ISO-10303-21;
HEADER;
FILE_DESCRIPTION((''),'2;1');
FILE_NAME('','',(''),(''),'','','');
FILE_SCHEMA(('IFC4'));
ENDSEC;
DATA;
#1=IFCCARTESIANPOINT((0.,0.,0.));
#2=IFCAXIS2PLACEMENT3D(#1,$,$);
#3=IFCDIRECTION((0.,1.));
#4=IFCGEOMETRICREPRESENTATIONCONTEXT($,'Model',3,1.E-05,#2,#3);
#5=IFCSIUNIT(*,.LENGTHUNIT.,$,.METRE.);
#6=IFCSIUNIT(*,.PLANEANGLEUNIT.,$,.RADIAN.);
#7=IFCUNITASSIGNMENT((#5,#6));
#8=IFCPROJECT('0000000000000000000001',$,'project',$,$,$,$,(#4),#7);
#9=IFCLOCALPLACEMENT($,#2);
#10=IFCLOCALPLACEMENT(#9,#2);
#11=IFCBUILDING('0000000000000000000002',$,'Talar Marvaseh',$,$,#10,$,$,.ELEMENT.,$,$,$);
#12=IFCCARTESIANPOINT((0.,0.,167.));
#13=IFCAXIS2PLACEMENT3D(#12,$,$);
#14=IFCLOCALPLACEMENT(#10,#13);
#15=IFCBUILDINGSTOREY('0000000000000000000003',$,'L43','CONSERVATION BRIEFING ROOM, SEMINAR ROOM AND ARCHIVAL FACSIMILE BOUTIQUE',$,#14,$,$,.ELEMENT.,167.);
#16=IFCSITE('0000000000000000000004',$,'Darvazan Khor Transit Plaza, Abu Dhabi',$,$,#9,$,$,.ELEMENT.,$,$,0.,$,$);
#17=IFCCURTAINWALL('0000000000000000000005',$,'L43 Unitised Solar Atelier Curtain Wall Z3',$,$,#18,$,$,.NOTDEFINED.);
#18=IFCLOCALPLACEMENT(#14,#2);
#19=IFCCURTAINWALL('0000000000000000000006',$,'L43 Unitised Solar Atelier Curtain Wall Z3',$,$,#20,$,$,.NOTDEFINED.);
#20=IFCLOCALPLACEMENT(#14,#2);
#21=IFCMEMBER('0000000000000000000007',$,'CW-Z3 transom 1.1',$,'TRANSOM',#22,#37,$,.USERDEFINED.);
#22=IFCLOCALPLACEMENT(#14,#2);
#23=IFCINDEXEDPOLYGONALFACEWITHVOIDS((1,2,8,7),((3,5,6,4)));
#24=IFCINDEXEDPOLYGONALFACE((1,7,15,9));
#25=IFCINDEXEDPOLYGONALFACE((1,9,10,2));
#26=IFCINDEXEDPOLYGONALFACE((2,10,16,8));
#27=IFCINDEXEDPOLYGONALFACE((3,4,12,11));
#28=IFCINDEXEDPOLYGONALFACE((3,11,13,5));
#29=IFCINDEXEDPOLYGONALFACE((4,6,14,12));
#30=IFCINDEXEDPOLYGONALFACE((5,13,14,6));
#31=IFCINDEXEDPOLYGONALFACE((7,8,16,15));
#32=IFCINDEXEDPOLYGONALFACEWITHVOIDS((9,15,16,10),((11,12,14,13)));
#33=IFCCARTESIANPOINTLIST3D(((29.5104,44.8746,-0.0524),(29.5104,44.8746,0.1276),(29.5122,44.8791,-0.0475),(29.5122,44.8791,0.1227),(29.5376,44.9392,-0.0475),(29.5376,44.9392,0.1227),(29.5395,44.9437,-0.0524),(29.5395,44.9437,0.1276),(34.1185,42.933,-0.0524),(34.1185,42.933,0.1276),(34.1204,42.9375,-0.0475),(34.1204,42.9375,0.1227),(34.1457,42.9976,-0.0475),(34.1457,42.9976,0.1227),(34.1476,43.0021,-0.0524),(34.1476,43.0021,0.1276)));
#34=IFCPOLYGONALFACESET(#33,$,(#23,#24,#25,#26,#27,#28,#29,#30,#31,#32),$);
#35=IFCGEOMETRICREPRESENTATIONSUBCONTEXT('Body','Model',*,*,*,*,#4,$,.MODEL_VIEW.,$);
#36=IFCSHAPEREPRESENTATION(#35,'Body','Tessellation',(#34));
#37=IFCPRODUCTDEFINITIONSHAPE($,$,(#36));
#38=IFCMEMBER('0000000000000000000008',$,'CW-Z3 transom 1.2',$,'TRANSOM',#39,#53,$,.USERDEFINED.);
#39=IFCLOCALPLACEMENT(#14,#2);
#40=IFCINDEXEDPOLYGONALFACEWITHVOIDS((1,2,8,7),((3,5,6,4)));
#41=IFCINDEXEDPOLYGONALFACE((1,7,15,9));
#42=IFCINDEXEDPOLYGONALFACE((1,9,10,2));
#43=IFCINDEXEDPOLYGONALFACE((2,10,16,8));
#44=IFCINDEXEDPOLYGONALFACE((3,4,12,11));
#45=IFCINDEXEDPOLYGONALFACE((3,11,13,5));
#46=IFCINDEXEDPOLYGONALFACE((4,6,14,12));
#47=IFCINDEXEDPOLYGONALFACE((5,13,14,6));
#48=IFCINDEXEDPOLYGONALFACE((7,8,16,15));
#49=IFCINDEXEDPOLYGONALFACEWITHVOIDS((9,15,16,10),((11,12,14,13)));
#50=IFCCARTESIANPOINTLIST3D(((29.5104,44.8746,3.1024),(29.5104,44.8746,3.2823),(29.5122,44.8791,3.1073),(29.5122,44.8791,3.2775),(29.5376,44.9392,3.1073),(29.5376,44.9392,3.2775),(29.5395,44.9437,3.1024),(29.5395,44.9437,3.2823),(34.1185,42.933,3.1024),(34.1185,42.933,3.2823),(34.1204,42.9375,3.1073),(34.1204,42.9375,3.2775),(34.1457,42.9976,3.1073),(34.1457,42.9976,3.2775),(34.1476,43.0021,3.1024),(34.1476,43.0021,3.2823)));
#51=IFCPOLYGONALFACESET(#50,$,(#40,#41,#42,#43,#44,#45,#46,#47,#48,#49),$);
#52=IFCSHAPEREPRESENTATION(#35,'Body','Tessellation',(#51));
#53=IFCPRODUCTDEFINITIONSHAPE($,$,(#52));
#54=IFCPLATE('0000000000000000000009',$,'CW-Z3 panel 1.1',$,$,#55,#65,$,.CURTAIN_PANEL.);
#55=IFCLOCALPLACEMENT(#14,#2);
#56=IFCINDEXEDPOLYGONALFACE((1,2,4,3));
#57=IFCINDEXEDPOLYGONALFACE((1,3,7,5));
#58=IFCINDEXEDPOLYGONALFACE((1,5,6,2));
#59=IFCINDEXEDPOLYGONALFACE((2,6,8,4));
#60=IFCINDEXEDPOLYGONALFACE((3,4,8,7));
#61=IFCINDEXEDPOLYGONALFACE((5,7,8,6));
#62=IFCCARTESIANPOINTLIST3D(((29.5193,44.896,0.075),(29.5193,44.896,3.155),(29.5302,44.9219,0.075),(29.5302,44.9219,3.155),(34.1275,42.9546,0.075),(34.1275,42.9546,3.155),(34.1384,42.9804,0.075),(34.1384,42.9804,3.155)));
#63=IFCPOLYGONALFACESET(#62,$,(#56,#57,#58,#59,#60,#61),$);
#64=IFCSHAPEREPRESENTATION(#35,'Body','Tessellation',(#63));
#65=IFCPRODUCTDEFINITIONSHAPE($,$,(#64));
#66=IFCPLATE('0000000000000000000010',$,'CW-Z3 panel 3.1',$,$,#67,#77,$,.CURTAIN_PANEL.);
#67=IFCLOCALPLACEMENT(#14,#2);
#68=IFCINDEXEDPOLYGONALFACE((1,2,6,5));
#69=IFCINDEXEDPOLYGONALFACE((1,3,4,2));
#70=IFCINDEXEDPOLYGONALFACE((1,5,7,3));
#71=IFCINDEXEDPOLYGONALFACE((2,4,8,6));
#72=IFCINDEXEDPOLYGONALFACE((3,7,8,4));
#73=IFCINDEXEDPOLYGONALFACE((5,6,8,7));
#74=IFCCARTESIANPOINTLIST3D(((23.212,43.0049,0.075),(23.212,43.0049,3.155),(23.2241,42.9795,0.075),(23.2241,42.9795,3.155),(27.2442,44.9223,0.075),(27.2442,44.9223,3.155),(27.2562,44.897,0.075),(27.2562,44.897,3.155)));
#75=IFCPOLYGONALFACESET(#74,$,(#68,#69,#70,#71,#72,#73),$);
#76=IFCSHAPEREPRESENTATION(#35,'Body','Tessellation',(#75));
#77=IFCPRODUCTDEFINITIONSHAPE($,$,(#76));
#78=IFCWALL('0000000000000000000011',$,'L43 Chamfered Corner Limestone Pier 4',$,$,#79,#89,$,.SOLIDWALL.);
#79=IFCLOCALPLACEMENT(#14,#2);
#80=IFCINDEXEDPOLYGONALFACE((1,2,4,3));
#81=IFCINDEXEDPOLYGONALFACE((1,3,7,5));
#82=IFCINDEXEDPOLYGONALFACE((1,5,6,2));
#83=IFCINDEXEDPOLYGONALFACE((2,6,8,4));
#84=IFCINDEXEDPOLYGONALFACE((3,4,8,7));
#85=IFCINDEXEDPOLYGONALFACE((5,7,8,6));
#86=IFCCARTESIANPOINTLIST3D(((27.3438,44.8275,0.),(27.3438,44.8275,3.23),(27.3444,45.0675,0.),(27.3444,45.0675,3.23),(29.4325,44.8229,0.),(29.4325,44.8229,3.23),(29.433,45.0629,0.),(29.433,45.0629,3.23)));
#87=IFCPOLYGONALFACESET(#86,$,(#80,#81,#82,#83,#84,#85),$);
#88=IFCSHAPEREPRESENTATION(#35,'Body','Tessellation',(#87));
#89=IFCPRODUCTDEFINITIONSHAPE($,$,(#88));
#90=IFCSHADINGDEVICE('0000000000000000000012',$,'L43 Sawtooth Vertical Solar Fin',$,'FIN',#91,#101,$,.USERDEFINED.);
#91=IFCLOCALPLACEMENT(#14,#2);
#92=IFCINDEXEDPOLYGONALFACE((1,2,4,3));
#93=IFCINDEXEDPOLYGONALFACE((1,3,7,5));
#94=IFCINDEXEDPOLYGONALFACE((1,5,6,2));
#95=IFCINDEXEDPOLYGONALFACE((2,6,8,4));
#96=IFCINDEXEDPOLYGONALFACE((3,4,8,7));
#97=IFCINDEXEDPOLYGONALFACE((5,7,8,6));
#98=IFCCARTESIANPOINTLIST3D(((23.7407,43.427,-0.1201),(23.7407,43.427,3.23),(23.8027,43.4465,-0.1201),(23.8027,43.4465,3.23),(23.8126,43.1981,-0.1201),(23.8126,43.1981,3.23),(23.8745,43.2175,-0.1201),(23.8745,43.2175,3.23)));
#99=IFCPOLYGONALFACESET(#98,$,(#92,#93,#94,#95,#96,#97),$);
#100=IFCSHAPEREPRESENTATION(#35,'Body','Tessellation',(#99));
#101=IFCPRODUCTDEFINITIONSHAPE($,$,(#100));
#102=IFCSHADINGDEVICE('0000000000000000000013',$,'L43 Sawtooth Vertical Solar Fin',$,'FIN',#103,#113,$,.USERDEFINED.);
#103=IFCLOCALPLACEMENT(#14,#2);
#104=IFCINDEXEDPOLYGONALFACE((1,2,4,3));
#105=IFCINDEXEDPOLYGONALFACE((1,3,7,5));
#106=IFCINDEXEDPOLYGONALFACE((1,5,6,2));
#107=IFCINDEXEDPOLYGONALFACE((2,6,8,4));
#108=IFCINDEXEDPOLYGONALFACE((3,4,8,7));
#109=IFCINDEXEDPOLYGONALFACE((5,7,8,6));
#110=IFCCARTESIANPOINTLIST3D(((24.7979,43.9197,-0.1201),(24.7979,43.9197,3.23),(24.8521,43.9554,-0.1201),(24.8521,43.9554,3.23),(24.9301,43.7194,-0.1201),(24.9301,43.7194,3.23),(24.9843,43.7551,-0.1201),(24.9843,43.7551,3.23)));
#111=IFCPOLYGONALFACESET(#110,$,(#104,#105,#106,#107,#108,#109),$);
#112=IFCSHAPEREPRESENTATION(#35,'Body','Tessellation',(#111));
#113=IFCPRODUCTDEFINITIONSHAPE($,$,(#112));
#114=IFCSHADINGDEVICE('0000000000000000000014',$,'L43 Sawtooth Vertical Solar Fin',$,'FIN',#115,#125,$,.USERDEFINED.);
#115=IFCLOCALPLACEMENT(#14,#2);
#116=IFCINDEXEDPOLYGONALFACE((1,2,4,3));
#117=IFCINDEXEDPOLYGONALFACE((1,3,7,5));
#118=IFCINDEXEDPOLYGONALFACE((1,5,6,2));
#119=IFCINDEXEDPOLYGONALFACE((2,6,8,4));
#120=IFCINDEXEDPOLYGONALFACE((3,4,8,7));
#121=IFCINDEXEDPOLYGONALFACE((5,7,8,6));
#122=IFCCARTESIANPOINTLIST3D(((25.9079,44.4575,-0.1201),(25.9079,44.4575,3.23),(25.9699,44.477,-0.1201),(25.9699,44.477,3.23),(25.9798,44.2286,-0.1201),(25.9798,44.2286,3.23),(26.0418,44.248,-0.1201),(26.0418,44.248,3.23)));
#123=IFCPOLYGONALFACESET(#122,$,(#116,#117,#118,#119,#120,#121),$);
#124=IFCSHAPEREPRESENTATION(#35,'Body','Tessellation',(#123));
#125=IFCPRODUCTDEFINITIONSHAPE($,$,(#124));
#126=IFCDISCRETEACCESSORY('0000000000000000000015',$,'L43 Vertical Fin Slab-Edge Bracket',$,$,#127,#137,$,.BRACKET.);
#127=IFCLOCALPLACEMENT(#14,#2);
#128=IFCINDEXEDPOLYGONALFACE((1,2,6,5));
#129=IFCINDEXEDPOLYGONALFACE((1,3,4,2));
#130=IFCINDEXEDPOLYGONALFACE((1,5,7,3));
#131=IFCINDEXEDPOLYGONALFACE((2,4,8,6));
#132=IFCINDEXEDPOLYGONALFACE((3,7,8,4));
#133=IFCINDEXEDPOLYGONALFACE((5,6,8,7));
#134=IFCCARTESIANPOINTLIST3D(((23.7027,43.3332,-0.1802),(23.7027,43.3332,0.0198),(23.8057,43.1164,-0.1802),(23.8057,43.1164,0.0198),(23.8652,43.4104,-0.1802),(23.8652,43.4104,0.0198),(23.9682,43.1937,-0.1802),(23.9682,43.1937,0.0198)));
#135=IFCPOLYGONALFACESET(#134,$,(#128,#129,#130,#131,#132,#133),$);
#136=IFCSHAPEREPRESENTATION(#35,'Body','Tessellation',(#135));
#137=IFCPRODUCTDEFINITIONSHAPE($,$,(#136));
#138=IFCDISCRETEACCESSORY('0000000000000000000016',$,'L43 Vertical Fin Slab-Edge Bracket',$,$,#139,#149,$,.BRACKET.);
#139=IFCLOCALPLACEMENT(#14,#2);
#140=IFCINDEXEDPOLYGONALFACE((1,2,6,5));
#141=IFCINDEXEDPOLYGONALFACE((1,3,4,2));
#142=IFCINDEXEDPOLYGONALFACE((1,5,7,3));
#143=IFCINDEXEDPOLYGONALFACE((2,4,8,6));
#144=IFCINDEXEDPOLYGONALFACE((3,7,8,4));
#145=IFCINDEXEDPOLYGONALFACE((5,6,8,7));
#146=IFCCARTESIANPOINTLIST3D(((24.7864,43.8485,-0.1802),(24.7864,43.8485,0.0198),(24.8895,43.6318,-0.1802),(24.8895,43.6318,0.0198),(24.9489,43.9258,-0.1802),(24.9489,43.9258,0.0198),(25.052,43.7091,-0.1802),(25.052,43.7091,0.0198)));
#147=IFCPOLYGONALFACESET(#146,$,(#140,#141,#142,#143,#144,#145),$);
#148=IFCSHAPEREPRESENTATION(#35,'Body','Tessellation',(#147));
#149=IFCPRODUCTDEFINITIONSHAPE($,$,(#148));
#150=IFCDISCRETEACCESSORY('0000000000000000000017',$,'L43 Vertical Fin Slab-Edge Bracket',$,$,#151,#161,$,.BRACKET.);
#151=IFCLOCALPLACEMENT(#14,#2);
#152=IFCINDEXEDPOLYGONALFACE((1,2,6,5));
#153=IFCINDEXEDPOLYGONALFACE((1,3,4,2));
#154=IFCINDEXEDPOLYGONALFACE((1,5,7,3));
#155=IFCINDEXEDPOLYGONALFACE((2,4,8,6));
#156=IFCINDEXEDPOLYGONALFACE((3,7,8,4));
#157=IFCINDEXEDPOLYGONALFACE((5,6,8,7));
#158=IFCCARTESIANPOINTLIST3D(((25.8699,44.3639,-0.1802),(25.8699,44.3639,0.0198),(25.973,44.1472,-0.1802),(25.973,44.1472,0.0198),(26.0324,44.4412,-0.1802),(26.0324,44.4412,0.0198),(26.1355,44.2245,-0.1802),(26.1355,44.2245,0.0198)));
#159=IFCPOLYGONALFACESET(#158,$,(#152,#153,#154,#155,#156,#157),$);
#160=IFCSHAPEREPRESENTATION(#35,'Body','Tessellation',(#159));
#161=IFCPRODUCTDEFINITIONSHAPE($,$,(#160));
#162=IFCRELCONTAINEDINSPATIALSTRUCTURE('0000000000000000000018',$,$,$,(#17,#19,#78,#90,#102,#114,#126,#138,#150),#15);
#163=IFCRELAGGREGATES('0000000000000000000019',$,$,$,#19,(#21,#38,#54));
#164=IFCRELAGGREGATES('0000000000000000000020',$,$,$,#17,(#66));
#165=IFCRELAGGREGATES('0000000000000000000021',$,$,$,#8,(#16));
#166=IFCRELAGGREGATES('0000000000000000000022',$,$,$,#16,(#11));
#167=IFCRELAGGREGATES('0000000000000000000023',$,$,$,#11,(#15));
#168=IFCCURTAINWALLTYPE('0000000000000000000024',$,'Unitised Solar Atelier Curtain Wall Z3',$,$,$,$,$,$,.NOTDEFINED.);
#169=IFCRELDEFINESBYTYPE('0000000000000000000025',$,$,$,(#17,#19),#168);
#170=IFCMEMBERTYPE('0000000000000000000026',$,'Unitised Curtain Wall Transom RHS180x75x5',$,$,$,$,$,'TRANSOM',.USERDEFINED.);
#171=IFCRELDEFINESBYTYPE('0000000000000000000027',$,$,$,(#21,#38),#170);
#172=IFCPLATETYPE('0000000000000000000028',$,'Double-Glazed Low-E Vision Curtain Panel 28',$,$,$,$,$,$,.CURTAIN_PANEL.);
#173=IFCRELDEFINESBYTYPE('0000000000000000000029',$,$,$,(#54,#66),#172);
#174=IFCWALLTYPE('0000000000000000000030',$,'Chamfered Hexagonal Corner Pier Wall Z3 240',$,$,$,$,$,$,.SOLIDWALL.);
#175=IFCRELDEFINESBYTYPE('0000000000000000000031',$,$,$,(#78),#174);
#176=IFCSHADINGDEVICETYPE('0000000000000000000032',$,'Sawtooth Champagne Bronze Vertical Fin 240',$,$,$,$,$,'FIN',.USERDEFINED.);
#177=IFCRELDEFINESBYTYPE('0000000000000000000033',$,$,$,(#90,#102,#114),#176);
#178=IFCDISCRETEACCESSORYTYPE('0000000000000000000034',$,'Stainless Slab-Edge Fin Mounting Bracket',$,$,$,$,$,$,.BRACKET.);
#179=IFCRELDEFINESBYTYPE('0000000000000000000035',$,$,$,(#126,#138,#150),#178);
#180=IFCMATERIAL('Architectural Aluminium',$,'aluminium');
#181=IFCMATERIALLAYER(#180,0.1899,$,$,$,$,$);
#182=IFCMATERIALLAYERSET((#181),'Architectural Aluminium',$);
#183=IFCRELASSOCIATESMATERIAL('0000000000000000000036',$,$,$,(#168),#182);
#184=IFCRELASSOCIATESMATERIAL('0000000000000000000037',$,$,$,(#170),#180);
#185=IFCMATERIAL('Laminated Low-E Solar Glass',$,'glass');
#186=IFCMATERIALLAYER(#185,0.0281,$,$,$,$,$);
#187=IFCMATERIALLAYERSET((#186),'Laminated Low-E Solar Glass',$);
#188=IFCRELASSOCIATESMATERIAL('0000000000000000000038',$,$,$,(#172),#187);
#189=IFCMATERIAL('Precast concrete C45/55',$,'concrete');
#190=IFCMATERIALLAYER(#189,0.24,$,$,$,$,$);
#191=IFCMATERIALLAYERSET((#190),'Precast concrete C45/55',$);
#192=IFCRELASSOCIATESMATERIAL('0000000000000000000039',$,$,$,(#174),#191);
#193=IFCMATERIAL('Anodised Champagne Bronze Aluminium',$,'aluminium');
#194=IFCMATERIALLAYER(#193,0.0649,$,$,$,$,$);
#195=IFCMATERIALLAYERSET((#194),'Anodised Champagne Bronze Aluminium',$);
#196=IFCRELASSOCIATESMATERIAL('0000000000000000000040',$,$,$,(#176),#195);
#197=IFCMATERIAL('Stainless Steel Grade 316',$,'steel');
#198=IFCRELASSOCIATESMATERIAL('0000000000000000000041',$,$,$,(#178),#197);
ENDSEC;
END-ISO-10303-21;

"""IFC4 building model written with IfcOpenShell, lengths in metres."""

from ifc_helpers import new_model, si_unit, direction, frame, frame_2d, origin, origin_2d, place, context, subcontext, project, spatial, rectangle, hollow_rectangle, extrude, source, transform, mapped, material, layer, layer_set, material_profile, profile_set, type_object, type_shapes, element, aggregate, save


model = new_model("IFC4")

# Units and contexts
model_context = context("Model", 3, precision=1e-05, world=origin(), true_north=direction((0.0, 1.0)))
body_context = subcontext(model_context, "Body", "Model", "MODEL_VIEW")
ifc_project = project(units=[si_unit("LENGTHUNIT", "METRE"), si_unit("PLANEANGLEUNIT", "RADIAN")], contexts=[model_context])

# Site, building, storey
site_placement = place(None, origin())
site = spatial("IfcSite", under=ifc_project, at=site_placement, Name="Darvazan Khor Transit Plaza, Abu Dhabi", CompositionType="ELEMENT", RefElevation=0.0)
building_placement = place(site_placement, origin())
building = spatial("IfcBuilding", under=site, at=building_placement, Name="Talar Marvaseh", CompositionType="ELEMENT")
storey_placement = place(building_placement, frame((0.0, 0.0, 167.0)))
storey = spatial("IfcBuildingStorey", under=building, at=storey_placement, Name="L43", Description="CONSERVATION BRIEFING ROOM, SEMINAR ROOM AND ARCHIVAL FACSIMILE BOUTIQUE", CompositionType="ELEMENT", Elevation=167.0)

# Curtain wall
ifc_material_1 = material(Name="Architectural Aluminium", Category="aluminium")
ifc_layer_1 = layer(ifc_material_1, 0.1899)
ifc_layer_set_1 = layer_set([ifc_layer_1], Name="Architectural Aluminium")
curtain_wall_type = type_object("IfcCurtainWallType", Name="Unitised Solar Atelier Curtain Wall Z3", PredefinedType="NOTDEFINED", material=ifc_layer_set_1)
curtain_wall_1_placement = place(storey_placement, origin())
curtain_wall_1 = element("IfcCurtainWall", 1, at=curtain_wall_1_placement, inside=storey, type_object=curtain_wall_type, Name="L43 Unitised Solar Atelier Curtain Wall Z3", PredefinedType="NOTDEFINED")

# Curtain wall
curtain_wall_2_placement = place(storey_placement, origin())
curtain_wall_2 = element("IfcCurtainWall", 2, at=curtain_wall_2_placement, inside=storey, type_object=curtain_wall_type, Name="L43 Unitised Solar Atelier Curtain Wall Z3", PredefinedType="NOTDEFINED")

# Members
ifc_material_profile_1 = material_profile(ifc_material_1, hollow_rectangle(XDim=0.075, YDim=0.1799, WallThickness=0.0049, at=origin_2d()), Name="RHS180x75x5")
ifc_profile_set_1 = profile_set([ifc_material_profile_1], Name="Architectural Aluminium")
member_type_1 = type_object("IfcMemberType", Name="Unitised Curtain Wall Transom RHS180x75x5", ElementType="TRANSOM", PredefinedType="USERDEFINED", material=ifc_profile_set_1)
shared_shape_1 = source(origin(), body_context, "Body", "SweptSolid", [
    extrude(hollow_rectangle(XDim=0.075, YDim=0.1799, WallThickness=0.0049, at=origin_2d()), origin(), (0.0, 0.0, 1.0), 5.0005),
])
member_1_placement = place(storey_placement, frame((29.5249, 44.9092, 0.0376), z_axis=(0.921537, -0.388291, 0.0), x_axis=(0.388291, 0.921537, 0.0)))
member_1 = element("IfcMember", 3, at=member_1_placement, type_object=member_type_1, Name="CW-Z3 transom 1.1", ObjectType="TRANSOM", PredefinedType="USERDEFINED", context=body_context, shape_type="MappedRepresentation", body=[
    mapped(shared_shape_1, transform((0.0, 0.0, 0.0), x_axis=(1.0, 0.0, 0.0), y_axis=(0.0, 1.0, 0.0), z_axis=(0.0, 0.0, 1.0), scale=1.0)),
])
member_2_placement = place(storey_placement, frame((29.5249, 44.9092, 3.1924), z_axis=(0.921537, -0.388291, 0.0), x_axis=(0.388291, 0.921537, 0.0)))
member_2 = element("IfcMember", 4, at=member_2_placement, type_object=member_type_1, Name="CW-Z3 transom 1.2", ObjectType="TRANSOM", PredefinedType="USERDEFINED", context=body_context, shape_type="MappedRepresentation", body=[
    mapped(shared_shape_1, transform((0.0, 0.0, 0.0), x_axis=(1.0, 0.0, 0.0), y_axis=(0.0, 1.0, 0.0), z_axis=(0.0, 0.0, 1.0), scale=1.0)),
])

# Plates
ifc_material_2 = material(Name="Laminated Low-E Solar Glass", Category="glass")
ifc_layer_2 = layer(ifc_material_2, 0.0281)
ifc_layer_set_2 = layer_set([ifc_layer_2], Name="Laminated Low-E Solar Glass")
plate_type = type_object("IfcPlateType", Name="Double-Glazed Low-E Vision Curtain Panel 28", PredefinedType="CURTAIN_PANEL", material=ifc_layer_set_2)
shared_shape_2 = source(origin(), body_context, "Body", "SweptSolid", [
    extrude(rectangle(XDim=5.0005, YDim=0.0281, at=origin_2d()), origin(), (0.0, 0.0, 1.0), 3.0801),
])
plate_1_placement = place(storey_placement, frame((31.8289, 43.9382, 0.075), z_axis=(0.0, 0.0, 1.0), x_axis=(0.921551, -0.388258, 0.0)))
plate_1 = element("IfcPlate", 5, at=plate_1_placement, type_object=plate_type, Name="CW-Z3 panel 1.1", PredefinedType="CURTAIN_PANEL", context=body_context, shape_type="MappedRepresentation", body=[
    mapped(shared_shape_2, transform((0.0, 0.0, 0.0), x_axis=(1.0, 0.0, 0.0), y_axis=(0.0, 1.0, 0.0), z_axis=(0.0, 0.0, 1.0), scale=1.0)),
])
aggregate(curtain_wall_2, [member_1, member_2, plate_1])
shared_shape_3 = source(origin(), body_context, "Body", "SweptSolid", [
    extrude(rectangle(XDim=4.4648, YDim=0.0281, at=origin_2d()), origin(), (0.0, 0.0, 1.0), 3.0801),
])
type_shapes(plate_type, [shared_shape_2, shared_shape_3])
plate_2_placement = place(storey_placement, frame((25.2341, 43.9509, 0.075), z_axis=(0.0, 0.0, 1.0), x_axis=(0.903093, 0.429444, 0.0)))
plate_2 = element("IfcPlate", 6, at=plate_2_placement, type_object=plate_type, Name="CW-Z3 panel 3.1", PredefinedType="CURTAIN_PANEL", context=body_context, shape_type="MappedRepresentation", body=[
    mapped(shared_shape_3, transform((0.0, 0.0, 0.0), x_axis=(1.0, 0.0, 0.0), y_axis=(0.0, 1.0, 0.0), z_axis=(0.0, 0.0, 1.0), scale=1.0)),
])
aggregate(curtain_wall_1, [plate_2])

# Wall
ifc_material_3 = material(Name="Precast concrete C45/55", Category="concrete")
ifc_layer_3 = layer(ifc_material_3, 0.24)
ifc_layer_set_3 = layer_set([ifc_layer_3], Name="Precast concrete C45/55")
wall_type = type_object("IfcWallType", Name="Chamfered Hexagonal Corner Pier Wall Z3 240", PredefinedType="SOLIDWALL", material=ifc_layer_set_3)
wall_placement = place(storey_placement, frame((27.344, 44.9475, 0.0), z_axis=(0.0, 0.0, 1.0), x_axis=(0.999998, -0.002221, 0.0)))
element("IfcWall", 7, at=wall_placement, inside=storey, type_object=wall_type, Name="L43 Chamfered Corner Limestone Pier 4", PredefinedType="SOLIDWALL", context=body_context, shape_type="SweptSolid", body=[
    extrude(rectangle(XDim=2.0886, YDim=0.24, at=frame_2d((1.0444, 0.0))), origin(), (0.0, 0.0, 1.0), 3.23),
])

# Shading devices
ifc_material_4 = material(Name="Anodised Champagne Bronze Aluminium", Category="aluminium")
ifc_layer_4 = layer(ifc_material_4, 0.0649)
ifc_layer_set_4 = layer_set([ifc_layer_4], Name="Anodised Champagne Bronze Aluminium")
shading_device_type = type_object("IfcShadingDeviceType", Name="Sawtooth Champagne Bronze Vertical Fin 240", ElementType="FIN", PredefinedType="USERDEFINED", material=ifc_layer_set_4)
shared_shape_4 = source(origin(), body_context, "Body", "SweptSolid", [
    extrude(rectangle(XDim=0.24, YDim=0.0649, at=origin_2d()), origin(), (0.0, 0.0, 1.0), 3.3501),
])
type_shapes(shading_device_type, [shared_shape_4])
for number, where, z_axis, x_axis, name in (
    (8, (23.8076, 43.3223, -0.1201), (0.0, 0.0, 1.0), (-0.29954, 0.954084, 0.0), "L43 Sawtooth Vertical Solar Fin"),
    (9, (24.8911, 43.8374, -0.1201), (0.0, 0.0, 1.0), (-0.550918, 0.83456, 0.0), "L43 Sawtooth Vertical Solar Fin"),
    (10, (25.9749, 44.3528, -0.1201), (0.0, 0.0, 1.0), (-0.29954, 0.954084, 0.0), "L43 Sawtooth Vertical Solar Fin"),
):
    element("IfcShadingDevice", number, at=place(storey_placement, frame(where, z_axis=z_axis, x_axis=x_axis)), inside=storey, type_object=shading_device_type, Name=name, ObjectType="FIN", PredefinedType="USERDEFINED", context=body_context, shape_type="MappedRepresentation", body=[
        mapped(shared_shape_4, transform((0.0, 0.0, 0.0), x_axis=(1.0, 0.0, 0.0), y_axis=(0.0, 1.0, 0.0), z_axis=(0.0, 0.0, 1.0), scale=1.0)),
    ])

# Discrete accessories
ifc_material_5 = material(Name="Stainless Steel Grade 316", Category="steel")
discrete_accessory_type = type_object("IfcDiscreteAccessoryType", Name="Stainless Slab-Edge Fin Mounting Bracket", PredefinedType="BRACKET", material=ifc_material_5)
shared_shape_5 = source(origin(), body_context, "Body", "SweptSolid", [
    extrude(rectangle(XDim=0.24, YDim=0.1799, at=origin_2d()), origin(), (0.0, 0.0, 1.0), 0.2),
])
type_shapes(discrete_accessory_type, [shared_shape_5])
for number, where, z_axis, x_axis, name in (
    (11, (23.8354, 43.2634, -0.1802), (0.0, 0.0, 1.0), (-0.429408, 0.903111, 0.0), "L43 Vertical Fin Slab-Edge Bracket"),
    (12, (24.9192, 43.7788, -0.1802), (0.0, 0.0, 1.0), (-0.429408, 0.903111, 0.0), "L43 Vertical Fin Slab-Edge Bracket"),
    (13, (26.0027, 44.2942, -0.1802), (0.0, 0.0, 1.0), (-0.429408, 0.903111, 0.0), "L43 Vertical Fin Slab-Edge Bracket"),
):
    element("IfcDiscreteAccessory", number, at=place(storey_placement, frame(where, z_axis=z_axis, x_axis=x_axis)), inside=storey, type_object=discrete_accessory_type, Name=name, PredefinedType="BRACKET", context=body_context, shape_type="MappedRepresentation", body=[
        mapped(shared_shape_5, transform((0.0, 0.0, 0.0), x_axis=(1.0, 0.0, 0.0), y_axis=(0.0, 1.0, 0.0), z_axis=(0.0, 0.0, 1.0), scale=1.0)),
    ])

save(model, "model.ifc")
